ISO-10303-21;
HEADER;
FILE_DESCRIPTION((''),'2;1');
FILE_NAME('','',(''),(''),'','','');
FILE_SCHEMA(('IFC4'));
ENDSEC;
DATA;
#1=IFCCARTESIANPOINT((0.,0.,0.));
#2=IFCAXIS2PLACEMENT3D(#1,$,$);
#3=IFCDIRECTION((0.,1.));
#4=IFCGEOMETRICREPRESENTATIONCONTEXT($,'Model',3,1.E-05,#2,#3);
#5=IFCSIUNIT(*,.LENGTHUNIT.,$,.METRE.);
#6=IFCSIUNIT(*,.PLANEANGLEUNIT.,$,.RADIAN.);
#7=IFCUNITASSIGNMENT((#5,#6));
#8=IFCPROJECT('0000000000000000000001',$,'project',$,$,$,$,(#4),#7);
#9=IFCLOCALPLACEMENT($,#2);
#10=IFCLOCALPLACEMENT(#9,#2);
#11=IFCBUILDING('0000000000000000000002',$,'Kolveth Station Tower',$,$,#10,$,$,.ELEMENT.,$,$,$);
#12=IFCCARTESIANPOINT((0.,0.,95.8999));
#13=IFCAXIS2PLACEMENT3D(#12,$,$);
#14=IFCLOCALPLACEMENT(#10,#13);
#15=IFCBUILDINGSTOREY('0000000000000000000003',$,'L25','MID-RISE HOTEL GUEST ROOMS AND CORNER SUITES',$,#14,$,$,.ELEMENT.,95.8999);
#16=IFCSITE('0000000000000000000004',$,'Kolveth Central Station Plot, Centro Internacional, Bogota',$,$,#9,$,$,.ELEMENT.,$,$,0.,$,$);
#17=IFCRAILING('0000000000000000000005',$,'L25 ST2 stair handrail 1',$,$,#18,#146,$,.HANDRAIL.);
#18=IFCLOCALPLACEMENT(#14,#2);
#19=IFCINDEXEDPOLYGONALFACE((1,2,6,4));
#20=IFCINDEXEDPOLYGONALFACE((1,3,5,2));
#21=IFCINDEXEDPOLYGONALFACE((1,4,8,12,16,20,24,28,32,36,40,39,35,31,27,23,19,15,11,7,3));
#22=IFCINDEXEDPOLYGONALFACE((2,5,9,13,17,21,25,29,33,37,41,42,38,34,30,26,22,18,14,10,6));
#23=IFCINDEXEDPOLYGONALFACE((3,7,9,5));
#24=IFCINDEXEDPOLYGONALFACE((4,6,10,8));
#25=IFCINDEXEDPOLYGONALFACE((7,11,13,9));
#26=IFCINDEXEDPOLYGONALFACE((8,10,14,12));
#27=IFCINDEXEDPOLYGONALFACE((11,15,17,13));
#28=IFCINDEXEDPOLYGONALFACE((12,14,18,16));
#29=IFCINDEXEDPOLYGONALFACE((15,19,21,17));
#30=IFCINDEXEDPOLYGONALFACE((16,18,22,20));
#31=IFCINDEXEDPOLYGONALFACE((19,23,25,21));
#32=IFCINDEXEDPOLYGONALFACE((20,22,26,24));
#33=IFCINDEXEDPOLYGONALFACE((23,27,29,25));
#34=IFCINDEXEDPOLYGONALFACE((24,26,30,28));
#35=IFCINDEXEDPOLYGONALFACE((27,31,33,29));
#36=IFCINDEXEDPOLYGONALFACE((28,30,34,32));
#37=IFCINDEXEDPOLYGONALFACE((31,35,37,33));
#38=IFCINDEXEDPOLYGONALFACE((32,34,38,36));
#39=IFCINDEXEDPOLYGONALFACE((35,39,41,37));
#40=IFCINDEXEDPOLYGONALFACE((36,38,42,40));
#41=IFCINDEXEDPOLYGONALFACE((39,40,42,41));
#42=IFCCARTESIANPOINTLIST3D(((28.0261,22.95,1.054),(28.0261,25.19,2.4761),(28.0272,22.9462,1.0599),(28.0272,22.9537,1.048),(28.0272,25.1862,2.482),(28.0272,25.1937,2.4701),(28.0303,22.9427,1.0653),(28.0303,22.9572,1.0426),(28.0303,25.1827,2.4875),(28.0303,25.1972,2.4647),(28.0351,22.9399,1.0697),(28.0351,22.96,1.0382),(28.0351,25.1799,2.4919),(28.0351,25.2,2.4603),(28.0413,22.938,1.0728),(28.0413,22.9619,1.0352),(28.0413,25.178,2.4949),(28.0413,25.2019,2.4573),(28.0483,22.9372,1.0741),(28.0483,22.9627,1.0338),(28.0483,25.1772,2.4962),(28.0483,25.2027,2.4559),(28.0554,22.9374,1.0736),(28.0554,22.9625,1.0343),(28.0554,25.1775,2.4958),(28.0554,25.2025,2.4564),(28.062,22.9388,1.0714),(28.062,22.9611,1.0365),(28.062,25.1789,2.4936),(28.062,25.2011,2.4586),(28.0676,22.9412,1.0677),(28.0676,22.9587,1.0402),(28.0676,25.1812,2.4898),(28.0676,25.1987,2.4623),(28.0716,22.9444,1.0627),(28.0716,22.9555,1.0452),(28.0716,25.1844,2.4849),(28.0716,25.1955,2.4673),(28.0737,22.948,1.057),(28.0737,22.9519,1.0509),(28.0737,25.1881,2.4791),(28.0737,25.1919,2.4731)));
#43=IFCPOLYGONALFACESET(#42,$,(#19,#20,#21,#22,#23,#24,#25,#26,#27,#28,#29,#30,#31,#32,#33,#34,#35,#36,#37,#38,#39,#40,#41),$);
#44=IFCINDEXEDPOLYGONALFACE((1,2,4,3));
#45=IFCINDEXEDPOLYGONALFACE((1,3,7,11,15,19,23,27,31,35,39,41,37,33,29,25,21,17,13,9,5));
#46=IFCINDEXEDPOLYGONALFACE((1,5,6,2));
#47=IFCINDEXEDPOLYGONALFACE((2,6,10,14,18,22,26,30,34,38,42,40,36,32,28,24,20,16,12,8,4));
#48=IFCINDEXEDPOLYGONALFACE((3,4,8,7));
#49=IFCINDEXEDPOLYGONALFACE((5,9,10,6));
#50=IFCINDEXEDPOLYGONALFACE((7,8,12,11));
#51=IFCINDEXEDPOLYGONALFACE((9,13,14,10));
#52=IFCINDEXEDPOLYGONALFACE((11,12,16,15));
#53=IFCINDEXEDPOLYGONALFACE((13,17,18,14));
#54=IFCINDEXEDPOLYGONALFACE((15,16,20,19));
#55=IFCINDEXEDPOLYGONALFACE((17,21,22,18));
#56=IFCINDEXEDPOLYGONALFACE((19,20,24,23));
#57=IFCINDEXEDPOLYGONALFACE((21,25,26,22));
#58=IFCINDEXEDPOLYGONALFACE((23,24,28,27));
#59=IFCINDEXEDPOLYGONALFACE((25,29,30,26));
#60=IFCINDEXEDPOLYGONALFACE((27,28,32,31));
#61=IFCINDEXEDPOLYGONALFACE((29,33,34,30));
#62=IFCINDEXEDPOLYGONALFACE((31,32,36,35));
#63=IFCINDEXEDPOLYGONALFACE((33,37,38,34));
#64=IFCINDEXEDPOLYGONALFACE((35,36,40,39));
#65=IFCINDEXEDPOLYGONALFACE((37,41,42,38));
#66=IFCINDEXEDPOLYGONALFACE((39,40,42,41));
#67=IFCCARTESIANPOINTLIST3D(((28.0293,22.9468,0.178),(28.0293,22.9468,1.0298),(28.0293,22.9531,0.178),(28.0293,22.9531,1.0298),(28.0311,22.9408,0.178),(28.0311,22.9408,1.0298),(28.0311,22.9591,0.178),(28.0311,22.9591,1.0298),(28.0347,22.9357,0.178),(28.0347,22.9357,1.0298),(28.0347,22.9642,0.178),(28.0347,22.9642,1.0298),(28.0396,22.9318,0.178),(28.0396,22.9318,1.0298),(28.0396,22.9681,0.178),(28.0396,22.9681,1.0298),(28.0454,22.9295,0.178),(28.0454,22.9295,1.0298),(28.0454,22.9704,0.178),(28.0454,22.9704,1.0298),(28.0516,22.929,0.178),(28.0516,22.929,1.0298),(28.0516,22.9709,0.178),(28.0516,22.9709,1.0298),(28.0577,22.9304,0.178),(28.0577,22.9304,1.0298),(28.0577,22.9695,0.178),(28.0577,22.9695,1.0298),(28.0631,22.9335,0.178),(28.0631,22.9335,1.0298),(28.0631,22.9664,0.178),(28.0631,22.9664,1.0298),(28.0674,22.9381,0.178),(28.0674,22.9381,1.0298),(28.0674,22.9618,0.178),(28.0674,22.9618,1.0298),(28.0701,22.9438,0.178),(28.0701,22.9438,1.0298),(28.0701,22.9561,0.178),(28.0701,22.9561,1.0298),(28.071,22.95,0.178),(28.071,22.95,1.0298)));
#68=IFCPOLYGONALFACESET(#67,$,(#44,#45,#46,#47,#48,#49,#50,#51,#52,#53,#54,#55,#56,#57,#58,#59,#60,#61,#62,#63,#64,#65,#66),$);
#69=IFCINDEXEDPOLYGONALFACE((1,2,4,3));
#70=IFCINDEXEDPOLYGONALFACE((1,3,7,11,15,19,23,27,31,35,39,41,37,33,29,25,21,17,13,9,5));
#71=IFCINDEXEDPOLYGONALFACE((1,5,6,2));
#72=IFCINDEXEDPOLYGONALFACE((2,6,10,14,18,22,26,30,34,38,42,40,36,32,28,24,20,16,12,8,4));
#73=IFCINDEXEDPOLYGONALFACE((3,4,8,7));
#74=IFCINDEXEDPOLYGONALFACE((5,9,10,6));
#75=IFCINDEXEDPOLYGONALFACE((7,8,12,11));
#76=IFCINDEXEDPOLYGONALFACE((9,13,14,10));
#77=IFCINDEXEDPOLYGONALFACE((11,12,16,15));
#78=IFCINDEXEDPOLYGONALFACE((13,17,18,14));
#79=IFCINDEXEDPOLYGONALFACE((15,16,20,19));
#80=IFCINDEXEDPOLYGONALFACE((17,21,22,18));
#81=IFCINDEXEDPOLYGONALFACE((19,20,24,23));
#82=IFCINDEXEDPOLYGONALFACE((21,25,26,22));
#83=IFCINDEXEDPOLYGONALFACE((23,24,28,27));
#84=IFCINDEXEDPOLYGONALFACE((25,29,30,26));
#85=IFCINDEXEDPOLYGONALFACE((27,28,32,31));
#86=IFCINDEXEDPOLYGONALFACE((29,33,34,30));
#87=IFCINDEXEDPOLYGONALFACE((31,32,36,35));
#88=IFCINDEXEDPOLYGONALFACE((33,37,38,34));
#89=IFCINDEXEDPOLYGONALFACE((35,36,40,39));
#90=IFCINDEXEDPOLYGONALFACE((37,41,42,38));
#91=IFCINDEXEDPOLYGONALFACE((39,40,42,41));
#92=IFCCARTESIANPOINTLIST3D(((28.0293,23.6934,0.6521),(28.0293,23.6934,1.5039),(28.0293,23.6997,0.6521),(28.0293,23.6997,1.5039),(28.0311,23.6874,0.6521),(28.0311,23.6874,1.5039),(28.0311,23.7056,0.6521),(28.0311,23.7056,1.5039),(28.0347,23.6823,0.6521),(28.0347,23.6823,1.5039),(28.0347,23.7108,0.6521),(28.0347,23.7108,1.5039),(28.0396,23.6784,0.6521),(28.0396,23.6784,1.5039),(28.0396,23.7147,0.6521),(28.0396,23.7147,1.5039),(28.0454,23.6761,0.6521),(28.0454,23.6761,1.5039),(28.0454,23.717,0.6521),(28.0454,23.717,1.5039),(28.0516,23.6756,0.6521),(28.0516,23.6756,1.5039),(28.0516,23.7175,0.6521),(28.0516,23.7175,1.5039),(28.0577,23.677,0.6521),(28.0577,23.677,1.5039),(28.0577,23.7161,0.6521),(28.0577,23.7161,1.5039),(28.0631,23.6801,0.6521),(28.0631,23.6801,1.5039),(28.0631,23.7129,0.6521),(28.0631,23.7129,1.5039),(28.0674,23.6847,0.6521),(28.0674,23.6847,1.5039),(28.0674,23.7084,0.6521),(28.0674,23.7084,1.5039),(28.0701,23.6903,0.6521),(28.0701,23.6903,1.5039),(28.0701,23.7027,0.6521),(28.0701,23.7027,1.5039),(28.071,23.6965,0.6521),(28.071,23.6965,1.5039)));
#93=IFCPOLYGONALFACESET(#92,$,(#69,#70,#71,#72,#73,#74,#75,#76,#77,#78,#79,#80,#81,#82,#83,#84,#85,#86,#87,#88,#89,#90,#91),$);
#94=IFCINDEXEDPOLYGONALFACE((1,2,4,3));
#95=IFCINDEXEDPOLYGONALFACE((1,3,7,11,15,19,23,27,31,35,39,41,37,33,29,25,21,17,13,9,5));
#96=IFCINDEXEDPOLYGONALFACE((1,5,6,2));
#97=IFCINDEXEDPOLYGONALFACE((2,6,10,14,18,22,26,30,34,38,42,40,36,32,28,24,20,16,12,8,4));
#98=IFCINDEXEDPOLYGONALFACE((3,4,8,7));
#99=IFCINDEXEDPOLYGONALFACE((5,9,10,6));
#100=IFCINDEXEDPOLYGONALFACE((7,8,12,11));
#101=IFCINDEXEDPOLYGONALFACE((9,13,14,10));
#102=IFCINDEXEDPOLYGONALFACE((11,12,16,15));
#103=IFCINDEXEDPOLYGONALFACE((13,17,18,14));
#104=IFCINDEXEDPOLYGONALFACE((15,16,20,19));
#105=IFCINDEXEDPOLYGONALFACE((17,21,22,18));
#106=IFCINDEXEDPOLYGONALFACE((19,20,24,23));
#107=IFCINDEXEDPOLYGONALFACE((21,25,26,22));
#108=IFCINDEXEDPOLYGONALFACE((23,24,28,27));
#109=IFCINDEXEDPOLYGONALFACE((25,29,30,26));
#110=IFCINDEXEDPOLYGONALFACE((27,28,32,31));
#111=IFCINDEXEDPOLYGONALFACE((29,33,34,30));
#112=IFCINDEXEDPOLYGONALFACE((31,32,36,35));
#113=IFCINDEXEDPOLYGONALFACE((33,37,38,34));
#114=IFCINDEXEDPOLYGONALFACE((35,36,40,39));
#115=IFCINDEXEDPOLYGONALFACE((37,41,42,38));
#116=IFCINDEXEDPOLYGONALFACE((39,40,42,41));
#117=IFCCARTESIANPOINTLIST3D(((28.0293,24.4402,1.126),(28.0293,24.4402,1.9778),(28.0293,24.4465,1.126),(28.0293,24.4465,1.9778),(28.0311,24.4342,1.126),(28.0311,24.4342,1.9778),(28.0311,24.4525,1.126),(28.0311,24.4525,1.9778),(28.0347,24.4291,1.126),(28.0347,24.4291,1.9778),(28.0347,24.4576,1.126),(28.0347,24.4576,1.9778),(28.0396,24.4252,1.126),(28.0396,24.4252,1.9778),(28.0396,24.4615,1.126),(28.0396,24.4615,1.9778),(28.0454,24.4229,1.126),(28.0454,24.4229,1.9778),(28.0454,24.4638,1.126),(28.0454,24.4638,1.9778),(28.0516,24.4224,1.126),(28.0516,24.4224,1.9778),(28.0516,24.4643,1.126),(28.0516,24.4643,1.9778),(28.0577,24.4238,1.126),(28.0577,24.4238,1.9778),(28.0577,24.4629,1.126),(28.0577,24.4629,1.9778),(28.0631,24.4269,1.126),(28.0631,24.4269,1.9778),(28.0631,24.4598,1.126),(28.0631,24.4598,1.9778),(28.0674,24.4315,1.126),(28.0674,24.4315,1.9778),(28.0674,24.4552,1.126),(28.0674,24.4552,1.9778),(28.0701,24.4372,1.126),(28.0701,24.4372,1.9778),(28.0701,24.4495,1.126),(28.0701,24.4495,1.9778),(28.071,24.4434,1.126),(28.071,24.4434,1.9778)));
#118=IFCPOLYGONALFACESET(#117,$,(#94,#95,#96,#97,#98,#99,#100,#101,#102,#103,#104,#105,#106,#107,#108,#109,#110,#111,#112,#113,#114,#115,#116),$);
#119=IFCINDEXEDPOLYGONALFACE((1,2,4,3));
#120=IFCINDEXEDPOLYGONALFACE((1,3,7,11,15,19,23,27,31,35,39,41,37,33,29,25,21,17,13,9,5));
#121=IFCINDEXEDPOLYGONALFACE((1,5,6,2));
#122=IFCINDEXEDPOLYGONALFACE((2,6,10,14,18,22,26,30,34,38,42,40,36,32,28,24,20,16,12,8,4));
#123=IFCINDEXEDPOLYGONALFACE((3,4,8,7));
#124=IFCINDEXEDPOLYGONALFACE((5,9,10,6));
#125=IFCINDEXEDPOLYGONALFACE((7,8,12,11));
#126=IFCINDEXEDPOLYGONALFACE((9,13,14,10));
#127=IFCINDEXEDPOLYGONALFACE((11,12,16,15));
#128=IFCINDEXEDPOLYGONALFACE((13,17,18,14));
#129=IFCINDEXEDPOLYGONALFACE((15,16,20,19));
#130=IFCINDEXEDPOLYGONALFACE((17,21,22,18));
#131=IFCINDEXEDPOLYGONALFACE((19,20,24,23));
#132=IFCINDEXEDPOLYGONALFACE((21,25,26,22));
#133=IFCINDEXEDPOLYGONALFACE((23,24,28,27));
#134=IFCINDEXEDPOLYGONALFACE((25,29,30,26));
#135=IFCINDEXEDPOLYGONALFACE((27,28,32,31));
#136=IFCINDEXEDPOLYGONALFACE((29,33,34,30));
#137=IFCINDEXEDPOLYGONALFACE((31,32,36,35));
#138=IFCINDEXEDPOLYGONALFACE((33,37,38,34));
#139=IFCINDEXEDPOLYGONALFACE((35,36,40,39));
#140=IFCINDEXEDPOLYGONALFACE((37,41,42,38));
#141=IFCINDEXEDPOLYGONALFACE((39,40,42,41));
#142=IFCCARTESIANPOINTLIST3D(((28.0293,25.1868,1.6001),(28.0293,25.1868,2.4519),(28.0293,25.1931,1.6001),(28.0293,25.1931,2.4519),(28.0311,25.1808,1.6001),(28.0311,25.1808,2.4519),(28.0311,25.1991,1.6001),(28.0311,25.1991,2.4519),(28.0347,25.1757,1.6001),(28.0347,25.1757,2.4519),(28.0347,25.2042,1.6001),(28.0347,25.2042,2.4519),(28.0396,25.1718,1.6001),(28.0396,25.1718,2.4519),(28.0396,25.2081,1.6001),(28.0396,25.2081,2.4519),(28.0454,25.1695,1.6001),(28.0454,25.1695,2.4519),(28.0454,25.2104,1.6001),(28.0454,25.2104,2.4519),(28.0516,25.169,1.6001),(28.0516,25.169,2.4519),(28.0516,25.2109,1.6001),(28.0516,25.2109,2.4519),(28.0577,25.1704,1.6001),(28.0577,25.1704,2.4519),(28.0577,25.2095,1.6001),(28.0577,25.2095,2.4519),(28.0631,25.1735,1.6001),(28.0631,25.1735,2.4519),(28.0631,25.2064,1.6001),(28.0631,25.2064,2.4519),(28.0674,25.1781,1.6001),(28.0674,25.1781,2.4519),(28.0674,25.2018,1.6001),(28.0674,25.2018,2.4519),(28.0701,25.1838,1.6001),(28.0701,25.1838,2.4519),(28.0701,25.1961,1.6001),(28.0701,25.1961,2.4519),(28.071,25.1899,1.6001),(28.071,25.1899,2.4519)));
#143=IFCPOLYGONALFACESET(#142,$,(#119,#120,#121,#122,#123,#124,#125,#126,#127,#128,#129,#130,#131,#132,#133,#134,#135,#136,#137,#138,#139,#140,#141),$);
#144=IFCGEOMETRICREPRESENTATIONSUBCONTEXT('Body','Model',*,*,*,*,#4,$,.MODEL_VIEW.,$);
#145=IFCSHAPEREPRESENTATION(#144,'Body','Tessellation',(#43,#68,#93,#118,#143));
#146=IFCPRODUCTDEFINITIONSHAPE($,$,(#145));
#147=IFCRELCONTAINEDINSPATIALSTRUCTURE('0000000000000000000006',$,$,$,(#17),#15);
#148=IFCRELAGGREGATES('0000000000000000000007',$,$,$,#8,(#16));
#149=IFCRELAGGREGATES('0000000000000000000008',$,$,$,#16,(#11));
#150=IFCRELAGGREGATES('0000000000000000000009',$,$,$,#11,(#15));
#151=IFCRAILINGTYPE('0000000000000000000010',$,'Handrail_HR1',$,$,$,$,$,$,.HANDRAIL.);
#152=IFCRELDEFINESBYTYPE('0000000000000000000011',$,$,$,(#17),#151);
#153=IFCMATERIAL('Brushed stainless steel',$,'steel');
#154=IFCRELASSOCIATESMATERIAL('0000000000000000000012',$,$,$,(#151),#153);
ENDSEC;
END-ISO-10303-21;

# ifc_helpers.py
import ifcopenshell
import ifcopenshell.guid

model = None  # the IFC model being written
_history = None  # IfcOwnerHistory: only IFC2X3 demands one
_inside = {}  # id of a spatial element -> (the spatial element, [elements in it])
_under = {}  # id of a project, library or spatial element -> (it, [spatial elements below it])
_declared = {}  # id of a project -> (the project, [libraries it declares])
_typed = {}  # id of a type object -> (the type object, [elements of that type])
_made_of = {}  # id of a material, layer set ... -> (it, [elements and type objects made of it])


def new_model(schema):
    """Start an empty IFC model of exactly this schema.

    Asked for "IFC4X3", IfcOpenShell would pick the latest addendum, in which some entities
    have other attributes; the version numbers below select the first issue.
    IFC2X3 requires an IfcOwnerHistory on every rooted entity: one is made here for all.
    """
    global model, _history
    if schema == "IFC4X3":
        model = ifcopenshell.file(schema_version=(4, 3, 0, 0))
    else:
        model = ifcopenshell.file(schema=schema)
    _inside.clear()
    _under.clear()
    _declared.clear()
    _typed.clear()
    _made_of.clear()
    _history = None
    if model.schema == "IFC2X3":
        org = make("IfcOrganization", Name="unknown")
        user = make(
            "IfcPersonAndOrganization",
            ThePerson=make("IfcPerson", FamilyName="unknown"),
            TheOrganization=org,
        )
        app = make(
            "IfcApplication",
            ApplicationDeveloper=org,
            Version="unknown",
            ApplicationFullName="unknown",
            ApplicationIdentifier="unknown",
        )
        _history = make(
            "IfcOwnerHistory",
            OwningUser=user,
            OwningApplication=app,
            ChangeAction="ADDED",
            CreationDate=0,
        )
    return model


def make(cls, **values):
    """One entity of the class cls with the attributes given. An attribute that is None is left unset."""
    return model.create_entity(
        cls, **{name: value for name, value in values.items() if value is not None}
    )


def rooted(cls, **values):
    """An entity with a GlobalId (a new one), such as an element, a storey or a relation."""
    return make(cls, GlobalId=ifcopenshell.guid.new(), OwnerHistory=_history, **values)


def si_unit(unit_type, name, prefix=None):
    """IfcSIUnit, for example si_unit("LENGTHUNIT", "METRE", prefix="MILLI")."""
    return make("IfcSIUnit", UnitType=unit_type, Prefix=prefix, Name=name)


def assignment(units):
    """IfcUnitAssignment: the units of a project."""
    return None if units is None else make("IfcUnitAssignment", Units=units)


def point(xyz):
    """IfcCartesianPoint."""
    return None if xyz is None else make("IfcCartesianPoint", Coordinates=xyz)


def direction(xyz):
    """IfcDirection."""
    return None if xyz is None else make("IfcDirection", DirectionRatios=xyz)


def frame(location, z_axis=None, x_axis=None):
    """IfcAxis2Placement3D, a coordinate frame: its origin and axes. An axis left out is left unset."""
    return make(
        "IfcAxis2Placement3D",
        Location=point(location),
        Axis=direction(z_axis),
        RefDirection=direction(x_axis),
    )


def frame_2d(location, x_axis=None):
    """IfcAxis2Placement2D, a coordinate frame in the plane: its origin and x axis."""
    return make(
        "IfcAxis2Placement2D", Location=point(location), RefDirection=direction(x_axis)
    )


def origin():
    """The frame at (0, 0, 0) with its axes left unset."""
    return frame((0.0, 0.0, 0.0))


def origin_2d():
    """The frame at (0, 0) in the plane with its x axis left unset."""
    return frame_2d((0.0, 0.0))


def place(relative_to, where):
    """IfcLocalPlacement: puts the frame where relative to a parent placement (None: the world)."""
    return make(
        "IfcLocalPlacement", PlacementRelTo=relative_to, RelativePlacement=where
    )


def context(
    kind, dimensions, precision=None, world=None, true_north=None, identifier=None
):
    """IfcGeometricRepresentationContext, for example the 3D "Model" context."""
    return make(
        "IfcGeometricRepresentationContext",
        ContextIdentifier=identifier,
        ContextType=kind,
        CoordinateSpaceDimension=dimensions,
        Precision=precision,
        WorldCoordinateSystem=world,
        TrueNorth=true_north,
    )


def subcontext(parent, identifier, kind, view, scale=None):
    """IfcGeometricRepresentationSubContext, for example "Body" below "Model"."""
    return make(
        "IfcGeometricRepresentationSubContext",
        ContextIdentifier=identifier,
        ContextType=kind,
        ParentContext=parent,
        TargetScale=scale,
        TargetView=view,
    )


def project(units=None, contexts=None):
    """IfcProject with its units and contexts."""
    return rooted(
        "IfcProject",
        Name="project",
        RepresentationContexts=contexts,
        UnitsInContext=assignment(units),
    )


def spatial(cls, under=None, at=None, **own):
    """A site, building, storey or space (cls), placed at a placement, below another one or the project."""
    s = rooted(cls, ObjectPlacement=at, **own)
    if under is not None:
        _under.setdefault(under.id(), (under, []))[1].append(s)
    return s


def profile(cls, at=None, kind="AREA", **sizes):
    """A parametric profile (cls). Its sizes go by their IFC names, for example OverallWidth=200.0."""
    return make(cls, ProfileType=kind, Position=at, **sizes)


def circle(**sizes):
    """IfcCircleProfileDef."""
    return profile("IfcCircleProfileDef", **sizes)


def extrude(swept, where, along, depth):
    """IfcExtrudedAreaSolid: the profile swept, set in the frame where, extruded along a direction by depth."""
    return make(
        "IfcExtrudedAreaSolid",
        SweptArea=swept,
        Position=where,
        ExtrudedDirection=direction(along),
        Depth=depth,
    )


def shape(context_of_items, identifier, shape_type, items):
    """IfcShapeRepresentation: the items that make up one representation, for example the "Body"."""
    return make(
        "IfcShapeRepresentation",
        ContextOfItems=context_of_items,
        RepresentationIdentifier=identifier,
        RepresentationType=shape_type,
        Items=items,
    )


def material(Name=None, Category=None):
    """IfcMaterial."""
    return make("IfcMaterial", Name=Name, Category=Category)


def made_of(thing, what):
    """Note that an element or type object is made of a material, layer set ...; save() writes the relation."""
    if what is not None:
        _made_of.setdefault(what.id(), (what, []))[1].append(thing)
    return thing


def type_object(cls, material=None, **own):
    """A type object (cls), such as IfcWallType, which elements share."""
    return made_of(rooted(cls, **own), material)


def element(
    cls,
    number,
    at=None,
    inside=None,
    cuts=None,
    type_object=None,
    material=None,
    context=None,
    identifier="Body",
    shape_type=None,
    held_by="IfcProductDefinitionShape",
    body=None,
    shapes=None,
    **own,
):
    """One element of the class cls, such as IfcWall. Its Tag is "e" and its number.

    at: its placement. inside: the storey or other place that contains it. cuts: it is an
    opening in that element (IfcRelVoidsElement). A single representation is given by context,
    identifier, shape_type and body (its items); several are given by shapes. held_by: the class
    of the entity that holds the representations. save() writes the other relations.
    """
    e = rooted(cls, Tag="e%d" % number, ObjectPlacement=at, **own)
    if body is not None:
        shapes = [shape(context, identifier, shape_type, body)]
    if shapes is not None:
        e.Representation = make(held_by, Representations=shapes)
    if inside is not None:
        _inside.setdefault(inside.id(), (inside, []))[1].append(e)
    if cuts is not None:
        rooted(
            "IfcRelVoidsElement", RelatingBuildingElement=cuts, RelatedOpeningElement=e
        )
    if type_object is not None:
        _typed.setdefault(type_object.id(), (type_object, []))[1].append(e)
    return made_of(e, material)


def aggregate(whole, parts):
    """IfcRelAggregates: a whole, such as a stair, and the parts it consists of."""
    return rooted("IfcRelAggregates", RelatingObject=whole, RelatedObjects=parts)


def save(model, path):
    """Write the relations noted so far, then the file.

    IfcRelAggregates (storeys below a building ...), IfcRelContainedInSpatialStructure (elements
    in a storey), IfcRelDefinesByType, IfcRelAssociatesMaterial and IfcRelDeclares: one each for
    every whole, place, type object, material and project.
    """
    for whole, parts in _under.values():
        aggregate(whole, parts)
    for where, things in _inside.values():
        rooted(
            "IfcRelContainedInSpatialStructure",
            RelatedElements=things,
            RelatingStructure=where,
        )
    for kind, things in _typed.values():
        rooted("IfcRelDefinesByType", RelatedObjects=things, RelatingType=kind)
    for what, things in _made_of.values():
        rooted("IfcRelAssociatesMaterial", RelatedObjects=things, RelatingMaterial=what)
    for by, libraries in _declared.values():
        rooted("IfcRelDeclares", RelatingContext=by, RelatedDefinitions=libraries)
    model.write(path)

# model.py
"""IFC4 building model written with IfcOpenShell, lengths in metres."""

from ifc_helpers import new_model, si_unit, direction, frame, origin, origin_2d, place, context, subcontext, project, spatial, circle, extrude, material, type_object, element, save


model = new_model("IFC4")

# Units and contexts
model_context = context("Model", 3, precision=1e-05, world=origin(), true_north=direction((0.0, 1.0)))
body_context = subcontext(model_context, "Body", "Model", "MODEL_VIEW")
ifc_project = project(units=[si_unit("LENGTHUNIT", "METRE"), si_unit("PLANEANGLEUNIT", "RADIAN")], contexts=[model_context])

# Site, building, storey
site_placement = place(None, origin())
site = spatial("IfcSite", under=ifc_project, at=site_placement, Name="Kolveth Central Station Plot, Centro Internacional, Bogota", CompositionType="ELEMENT", RefElevation=0.0)
building_placement = place(site_placement, origin())
building = spatial("IfcBuilding", under=site, at=building_placement, Name="Kolveth Station Tower", CompositionType="ELEMENT")
storey_placement = place(building_placement, frame((0.0, 0.0, 95.8999)))
storey = spatial("IfcBuildingStorey", under=building, at=storey_placement, Name="L25", Description="MID-RISE HOTEL GUEST ROOMS AND CORNER SUITES", CompositionType="ELEMENT", Elevation=95.8999)

# Railing
ifc_material_1 = material(Name="Brushed stainless steel", Category="steel")
railing_type_1 = type_object("IfcRailingType", Name="Handrail_HR1", PredefinedType="HANDRAIL", material=ifc_material_1)
railing_1_placement = place(storey_placement, frame((28.05, 22.95, 0.178)))
element("IfcRailing", 1, at=railing_1_placement, inside=storey, type_object=railing_type_1, Name="L25 ST2 stair handrail 1", PredefinedType="HANDRAIL", context=body_context, shape_type="SweptSolid", body=[
    extrude(circle(Radius=0.0239, at=origin_2d()), frame((0.0, 0.0, 0.876), z_axis=(0.0, 0.844229, 0.535982), x_axis=(-1.0, 0.0, 0.0)), (0.0, 0.0, 1.0), 2.6533),
    extrude(circle(Radius=0.021, at=origin_2d()), origin(), (0.0, 0.0, 1.0), 0.8518),
    extrude(circle(Radius=0.021, at=origin_2d()), frame((0.0, 0.7466, 0.4741)), (0.0, 0.0, 1.0), 0.8518),
    extrude(circle(Radius=0.021, at=origin_2d()), frame((0.0, 1.4934, 0.948)), (0.0, 0.0, 1.0), 0.8518),
    extrude(circle(Radius=0.021, at=origin_2d()), frame((0.0, 2.24, 1.4221)), (0.0, 0.0, 1.0), 0.8518),
])

save(model, "model.ifc")
